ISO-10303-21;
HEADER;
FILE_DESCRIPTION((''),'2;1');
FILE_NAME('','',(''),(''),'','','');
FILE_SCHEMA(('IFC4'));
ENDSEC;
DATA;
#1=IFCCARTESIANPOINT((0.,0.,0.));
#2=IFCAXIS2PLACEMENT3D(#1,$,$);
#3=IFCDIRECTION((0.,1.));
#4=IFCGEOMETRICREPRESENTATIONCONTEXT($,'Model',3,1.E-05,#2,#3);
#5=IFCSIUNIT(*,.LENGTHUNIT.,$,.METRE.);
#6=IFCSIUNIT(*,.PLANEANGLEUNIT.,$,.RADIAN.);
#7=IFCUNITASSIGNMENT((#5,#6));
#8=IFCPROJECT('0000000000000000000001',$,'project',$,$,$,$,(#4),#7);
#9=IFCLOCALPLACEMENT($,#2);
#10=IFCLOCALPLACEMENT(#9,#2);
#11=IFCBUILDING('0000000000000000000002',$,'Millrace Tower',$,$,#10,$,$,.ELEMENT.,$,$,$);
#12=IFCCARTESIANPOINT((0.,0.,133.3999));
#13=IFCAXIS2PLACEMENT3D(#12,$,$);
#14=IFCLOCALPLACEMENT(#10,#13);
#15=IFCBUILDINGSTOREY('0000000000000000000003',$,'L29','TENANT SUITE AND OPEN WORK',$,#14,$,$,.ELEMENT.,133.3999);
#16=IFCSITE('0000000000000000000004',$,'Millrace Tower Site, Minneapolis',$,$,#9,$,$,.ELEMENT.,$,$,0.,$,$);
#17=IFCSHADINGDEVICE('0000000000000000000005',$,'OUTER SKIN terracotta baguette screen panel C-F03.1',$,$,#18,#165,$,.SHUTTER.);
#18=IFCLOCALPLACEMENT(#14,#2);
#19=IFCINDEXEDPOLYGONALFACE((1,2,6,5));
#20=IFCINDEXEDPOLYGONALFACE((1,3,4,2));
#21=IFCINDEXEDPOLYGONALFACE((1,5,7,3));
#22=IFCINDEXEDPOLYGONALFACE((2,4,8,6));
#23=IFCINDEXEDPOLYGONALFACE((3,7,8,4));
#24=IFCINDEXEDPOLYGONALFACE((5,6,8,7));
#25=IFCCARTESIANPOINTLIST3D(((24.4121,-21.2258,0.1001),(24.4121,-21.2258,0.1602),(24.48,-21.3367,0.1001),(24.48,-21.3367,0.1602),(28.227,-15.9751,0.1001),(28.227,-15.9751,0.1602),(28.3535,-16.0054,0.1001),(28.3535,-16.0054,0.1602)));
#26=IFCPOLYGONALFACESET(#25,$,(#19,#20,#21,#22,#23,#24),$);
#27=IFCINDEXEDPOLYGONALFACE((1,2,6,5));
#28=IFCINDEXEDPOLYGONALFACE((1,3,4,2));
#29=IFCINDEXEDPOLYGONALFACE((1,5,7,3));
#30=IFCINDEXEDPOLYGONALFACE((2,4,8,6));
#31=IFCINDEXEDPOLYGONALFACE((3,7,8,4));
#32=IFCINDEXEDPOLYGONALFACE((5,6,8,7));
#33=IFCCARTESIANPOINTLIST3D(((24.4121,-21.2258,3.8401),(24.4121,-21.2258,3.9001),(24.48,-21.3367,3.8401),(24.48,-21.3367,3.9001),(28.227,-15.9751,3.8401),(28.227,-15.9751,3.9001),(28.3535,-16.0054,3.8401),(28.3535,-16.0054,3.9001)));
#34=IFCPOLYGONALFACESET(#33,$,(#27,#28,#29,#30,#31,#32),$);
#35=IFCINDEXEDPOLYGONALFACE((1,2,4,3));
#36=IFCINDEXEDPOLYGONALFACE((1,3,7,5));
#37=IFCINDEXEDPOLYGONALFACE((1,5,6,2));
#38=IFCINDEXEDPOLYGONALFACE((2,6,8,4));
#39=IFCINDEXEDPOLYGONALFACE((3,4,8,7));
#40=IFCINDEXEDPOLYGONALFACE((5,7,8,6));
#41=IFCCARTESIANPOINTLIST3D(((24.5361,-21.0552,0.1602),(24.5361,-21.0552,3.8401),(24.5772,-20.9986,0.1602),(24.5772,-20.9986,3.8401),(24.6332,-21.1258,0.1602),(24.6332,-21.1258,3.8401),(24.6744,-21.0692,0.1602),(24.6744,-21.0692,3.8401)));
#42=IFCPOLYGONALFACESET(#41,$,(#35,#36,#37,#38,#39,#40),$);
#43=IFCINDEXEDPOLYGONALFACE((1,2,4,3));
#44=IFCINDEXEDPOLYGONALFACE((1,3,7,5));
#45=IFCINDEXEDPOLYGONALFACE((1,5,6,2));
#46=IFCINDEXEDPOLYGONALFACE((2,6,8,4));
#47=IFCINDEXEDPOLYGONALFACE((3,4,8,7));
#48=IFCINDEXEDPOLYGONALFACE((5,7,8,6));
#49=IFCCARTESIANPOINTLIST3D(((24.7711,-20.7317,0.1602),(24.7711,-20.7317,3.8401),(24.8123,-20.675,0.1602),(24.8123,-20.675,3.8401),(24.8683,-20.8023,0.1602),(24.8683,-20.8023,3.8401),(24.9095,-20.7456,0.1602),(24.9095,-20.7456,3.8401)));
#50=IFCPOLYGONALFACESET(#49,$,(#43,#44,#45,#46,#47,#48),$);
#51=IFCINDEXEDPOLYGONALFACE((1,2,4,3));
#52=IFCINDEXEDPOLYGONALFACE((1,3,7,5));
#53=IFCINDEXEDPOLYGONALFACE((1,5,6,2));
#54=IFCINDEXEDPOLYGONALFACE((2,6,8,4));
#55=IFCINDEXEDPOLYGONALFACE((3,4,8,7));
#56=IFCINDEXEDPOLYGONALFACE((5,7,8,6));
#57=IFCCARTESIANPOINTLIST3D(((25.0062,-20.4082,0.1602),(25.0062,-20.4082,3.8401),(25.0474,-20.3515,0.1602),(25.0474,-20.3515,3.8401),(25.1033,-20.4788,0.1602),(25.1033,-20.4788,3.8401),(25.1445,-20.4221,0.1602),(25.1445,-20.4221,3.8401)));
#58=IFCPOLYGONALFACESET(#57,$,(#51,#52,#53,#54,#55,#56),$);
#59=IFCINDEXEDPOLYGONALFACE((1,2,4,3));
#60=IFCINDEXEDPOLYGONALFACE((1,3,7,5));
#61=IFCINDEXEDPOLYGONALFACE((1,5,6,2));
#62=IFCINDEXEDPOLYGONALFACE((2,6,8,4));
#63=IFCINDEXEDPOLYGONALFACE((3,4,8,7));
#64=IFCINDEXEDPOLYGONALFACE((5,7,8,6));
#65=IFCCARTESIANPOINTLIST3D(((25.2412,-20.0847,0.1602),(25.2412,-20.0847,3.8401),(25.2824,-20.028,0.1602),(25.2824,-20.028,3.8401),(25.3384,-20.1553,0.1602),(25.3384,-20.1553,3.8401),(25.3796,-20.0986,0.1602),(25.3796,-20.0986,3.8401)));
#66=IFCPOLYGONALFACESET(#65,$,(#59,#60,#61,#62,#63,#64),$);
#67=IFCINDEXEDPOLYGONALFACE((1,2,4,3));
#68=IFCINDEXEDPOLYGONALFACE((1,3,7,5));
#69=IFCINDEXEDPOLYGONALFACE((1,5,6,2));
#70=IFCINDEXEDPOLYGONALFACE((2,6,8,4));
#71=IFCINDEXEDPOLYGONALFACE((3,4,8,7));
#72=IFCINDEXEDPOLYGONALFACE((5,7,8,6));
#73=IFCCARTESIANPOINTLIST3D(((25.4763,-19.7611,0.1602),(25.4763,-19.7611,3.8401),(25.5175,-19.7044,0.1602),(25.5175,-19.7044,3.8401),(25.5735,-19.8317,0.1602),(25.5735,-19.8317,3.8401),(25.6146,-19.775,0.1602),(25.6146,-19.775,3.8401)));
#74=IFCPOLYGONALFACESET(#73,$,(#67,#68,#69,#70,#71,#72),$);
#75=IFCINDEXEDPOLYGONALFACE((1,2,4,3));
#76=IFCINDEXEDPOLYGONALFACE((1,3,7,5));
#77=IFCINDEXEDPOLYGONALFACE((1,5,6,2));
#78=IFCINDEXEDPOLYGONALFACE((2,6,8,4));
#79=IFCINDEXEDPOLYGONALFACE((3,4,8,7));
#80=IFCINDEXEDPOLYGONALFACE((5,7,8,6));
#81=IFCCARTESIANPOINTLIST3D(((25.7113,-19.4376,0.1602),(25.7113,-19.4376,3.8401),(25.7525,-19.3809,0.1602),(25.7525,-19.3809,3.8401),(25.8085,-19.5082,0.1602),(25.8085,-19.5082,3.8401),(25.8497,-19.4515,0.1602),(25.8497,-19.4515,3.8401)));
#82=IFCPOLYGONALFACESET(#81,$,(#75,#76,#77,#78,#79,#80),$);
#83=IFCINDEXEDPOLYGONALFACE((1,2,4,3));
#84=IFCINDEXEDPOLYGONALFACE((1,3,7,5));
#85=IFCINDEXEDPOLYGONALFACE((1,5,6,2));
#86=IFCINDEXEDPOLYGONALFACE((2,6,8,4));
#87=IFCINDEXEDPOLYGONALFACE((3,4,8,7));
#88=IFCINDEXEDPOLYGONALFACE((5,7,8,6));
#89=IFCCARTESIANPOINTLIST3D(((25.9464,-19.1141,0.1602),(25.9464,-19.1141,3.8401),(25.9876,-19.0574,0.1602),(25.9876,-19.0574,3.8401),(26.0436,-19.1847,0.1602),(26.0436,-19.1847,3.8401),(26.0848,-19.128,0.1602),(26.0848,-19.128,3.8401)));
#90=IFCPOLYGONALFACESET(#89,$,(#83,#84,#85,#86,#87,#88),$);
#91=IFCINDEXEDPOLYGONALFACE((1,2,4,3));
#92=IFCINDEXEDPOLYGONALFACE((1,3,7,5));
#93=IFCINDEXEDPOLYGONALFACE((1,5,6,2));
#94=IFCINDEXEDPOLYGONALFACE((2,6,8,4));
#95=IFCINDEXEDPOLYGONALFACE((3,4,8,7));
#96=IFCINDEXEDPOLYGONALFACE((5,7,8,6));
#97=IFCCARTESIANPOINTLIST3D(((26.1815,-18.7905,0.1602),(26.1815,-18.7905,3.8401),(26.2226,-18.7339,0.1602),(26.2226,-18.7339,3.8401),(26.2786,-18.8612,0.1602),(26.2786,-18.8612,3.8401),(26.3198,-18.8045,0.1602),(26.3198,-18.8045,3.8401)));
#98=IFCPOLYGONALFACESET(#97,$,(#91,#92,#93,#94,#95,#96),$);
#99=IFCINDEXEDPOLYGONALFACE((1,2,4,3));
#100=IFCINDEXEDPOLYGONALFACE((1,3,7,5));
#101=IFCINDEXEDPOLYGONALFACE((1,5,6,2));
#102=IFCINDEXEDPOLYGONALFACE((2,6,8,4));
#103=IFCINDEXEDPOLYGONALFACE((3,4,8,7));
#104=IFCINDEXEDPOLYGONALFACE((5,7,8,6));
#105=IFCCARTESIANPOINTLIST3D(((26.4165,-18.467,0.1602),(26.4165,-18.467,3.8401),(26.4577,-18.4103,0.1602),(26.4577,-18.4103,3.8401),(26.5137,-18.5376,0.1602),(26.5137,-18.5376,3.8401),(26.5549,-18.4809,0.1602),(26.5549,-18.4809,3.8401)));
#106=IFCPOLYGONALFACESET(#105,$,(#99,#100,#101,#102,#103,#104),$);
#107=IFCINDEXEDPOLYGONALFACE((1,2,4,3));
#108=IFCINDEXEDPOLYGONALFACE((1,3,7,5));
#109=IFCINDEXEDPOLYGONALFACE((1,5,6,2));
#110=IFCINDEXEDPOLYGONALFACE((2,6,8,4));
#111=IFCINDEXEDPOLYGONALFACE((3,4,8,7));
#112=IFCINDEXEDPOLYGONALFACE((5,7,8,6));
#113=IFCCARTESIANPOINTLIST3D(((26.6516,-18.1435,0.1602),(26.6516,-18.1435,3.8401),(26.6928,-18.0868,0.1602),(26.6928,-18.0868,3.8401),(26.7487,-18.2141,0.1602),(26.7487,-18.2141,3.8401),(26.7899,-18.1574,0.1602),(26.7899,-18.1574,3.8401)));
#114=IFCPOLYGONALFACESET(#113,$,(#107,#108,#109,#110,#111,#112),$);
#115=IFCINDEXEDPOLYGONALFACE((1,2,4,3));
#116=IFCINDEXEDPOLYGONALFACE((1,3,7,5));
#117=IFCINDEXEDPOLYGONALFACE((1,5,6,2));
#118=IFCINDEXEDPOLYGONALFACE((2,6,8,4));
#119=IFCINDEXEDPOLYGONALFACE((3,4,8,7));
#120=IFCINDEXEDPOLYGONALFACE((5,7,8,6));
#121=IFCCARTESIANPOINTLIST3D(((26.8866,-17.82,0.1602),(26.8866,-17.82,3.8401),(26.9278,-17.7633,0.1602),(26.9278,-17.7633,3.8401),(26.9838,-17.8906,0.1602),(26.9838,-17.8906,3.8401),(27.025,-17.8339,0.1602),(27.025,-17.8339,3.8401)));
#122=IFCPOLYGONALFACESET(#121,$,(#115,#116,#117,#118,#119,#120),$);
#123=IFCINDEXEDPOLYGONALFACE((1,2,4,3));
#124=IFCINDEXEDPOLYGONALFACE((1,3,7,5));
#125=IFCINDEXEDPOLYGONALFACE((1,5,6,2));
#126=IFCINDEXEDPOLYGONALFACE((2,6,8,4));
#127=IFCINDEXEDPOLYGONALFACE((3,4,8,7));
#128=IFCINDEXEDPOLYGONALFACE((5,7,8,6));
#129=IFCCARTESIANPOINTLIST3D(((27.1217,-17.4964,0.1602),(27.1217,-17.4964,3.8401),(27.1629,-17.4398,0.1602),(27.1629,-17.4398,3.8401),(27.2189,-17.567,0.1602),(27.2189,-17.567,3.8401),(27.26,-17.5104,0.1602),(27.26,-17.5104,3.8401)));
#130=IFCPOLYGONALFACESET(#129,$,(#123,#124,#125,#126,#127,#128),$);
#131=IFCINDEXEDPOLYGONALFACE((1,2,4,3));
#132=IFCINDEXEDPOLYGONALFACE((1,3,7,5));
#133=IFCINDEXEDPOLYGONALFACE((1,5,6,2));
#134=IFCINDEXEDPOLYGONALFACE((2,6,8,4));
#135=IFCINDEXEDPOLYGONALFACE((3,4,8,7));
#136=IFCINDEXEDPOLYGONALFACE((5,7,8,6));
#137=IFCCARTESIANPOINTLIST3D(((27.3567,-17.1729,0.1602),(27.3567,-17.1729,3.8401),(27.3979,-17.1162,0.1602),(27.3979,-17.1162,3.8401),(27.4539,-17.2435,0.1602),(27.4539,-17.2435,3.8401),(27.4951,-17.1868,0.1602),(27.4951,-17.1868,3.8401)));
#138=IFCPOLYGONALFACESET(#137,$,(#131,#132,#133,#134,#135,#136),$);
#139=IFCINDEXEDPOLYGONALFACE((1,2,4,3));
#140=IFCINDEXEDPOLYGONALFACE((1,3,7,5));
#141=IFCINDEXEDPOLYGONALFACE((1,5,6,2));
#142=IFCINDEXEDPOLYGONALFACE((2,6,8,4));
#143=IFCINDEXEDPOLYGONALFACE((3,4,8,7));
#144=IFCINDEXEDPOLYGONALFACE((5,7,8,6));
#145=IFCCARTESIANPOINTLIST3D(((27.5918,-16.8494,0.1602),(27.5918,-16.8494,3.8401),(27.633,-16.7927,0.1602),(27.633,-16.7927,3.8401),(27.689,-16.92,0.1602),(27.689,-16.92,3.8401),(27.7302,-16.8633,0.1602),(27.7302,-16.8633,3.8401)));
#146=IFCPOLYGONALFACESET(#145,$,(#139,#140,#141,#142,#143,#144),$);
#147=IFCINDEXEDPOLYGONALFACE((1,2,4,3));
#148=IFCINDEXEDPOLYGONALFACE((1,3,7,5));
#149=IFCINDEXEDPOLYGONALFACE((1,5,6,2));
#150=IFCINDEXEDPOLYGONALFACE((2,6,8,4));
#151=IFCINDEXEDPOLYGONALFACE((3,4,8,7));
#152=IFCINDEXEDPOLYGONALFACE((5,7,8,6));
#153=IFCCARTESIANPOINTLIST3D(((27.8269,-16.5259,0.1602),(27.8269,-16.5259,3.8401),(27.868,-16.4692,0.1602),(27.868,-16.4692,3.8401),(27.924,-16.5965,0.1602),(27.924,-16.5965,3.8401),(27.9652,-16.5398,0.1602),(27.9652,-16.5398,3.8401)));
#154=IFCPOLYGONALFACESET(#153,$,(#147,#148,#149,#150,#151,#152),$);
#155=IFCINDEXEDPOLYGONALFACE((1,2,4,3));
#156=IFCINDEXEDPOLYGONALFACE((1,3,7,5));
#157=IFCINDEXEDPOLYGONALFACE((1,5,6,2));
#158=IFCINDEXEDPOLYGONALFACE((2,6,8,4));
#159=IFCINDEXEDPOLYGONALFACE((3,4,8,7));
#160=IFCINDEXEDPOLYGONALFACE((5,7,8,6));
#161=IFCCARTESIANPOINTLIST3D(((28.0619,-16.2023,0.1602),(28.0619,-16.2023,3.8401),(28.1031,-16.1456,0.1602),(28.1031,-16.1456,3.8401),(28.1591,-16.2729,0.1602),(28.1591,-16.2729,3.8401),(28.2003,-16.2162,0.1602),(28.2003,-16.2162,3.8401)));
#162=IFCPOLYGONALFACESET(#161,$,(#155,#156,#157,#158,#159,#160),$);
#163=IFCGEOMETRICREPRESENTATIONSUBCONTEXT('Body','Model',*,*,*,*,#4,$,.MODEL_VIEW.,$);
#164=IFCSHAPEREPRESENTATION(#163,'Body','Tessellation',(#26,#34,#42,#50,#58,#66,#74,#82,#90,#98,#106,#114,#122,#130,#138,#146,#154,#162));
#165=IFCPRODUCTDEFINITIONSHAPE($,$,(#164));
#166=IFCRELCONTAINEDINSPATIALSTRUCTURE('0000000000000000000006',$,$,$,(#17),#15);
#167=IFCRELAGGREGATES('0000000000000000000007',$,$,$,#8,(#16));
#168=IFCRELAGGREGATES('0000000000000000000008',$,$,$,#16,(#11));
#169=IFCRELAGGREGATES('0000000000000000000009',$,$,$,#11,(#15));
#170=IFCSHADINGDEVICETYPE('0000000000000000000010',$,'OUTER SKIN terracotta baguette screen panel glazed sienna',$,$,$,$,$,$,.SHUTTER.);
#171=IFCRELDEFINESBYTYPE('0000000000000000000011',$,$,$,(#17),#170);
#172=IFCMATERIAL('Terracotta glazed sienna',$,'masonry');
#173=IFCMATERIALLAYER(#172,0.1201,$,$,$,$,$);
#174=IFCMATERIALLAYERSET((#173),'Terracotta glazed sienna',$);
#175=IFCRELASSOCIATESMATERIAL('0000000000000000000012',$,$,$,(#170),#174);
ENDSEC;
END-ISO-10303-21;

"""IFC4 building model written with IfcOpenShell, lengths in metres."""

from ifc_helpers import new_model, entity, si_unit, direction, frame, frame_2d, origin, place, context, subcontext, project, spatial, rectangle, extrude, source, transform, mapped, material, layer, layer_set, type_object, element, save


model = new_model("IFC4")

# Units and contexts
model_context = context("Model", 3, precision=1e-05, world=origin(), true_north=direction((0.0, 1.0)))
body_context = subcontext(model_context, "Body", "Model", "MODEL_VIEW")
ifc_project = project(units=[si_unit("LENGTHUNIT", "METRE"), si_unit("PLANEANGLEUNIT", "RADIAN")], contexts=[model_context])

# Site, building, storey
site_placement = place(None, origin())
site = spatial("IfcSite", under=ifc_project, at=site_placement, Name="Millrace Tower Site, Minneapolis", CompositionType="ELEMENT", RefElevation=0.0)
building_placement = place(site_placement, origin())
building = spatial("IfcBuilding", under=site, at=building_placement, Name="Millrace Tower", CompositionType="ELEMENT")
storey_placement = place(building_placement, frame((0.0, 0.0, 133.3999)))
storey = spatial("IfcBuildingStorey", under=building, at=storey_placement, Name="L29", Description="TENANT SUITE AND OPEN WORK", CompositionType="ELEMENT", Elevation=133.3999)

# Shading device
ifc_material_1 = material(Name="Terracotta glazed sienna", Category="masonry")
ifc_layer_1 = layer(ifc_material_1, 0.1201)
ifc_layer_set_1 = layer_set([ifc_layer_1], Name="Terracotta glazed sienna")
shading_device_type = type_object("IfcShadingDeviceType", Name="OUTER SKIN terracotta baguette screen panel glazed sienna", PredefinedType="SHUTTER", material=ifc_layer_set_1)
cartesian_point_1 = entity("IfcCartesianPoint", [-3.2451, 0.0601])
shared_polyline_1 = entity("IfcPolyline", [cartesian_point_1, entity("IfcCartesianPoint", [3.2451, 0.0601]), entity("IfcCartesianPoint", [3.2949, -0.0601]), entity("IfcCartesianPoint", [-3.2949, -0.0601]), cartesian_point_1])
shared_shape_1 = source(origin(), body_context, "Body", "SweptSolid", [
    entity("IfcExtrudedAreaSolid", entity("IfcArbitraryClosedProfileDef", "AREA", None, shared_polyline_1), entity("IfcAxis2Placement3D", entity("IfcCartesianPoint", [0.0, 0.0, 0.0])), entity("IfcDirection", [0.0, 0.0, 1.0]), 0.0601),
    entity("IfcExtrudedAreaSolid", entity("IfcArbitraryClosedProfileDef", "AREA", None, shared_polyline_1), entity("IfcAxis2Placement3D", entity("IfcCartesianPoint", [0.0, 0.0, 3.74])), entity("IfcDirection", [0.0, 0.0, 1.0]), 0.0601),
    extrude(rectangle(XDim=0.0701, YDim=0.1201, at=frame_2d((-2.9993, 0.0))), frame((0.0, 0.0, 0.0601)), (0.0, 0.0, 1.0), 3.6799),
    extrude(rectangle(XDim=0.0701, YDim=0.1201, at=frame_2d((-2.5994, 0.0))), frame((0.0, 0.0, 0.0601)), (0.0, 0.0, 1.0), 3.6799),
    extrude(rectangle(XDim=0.0701, YDim=0.1201, at=frame_2d((-2.1995, 0.0))), frame((0.0, 0.0, 0.0601)), (0.0, 0.0, 1.0), 3.6799),
    extrude(rectangle(XDim=0.0701, YDim=0.1201, at=frame_2d((-1.7996, 0.0))), frame((0.0, 0.0, 0.0601)), (0.0, 0.0, 1.0), 3.6799),
    extrude(rectangle(XDim=0.0701, YDim=0.1201, at=frame_2d((-1.3997, 0.0))), frame((0.0, 0.0, 0.0601)), (0.0, 0.0, 1.0), 3.6799),
    extrude(rectangle(XDim=0.0701, YDim=0.1201, at=frame_2d((-0.9998, 0.0))), frame((0.0, 0.0, 0.0601)), (0.0, 0.0, 1.0), 3.6799),
    extrude(rectangle(XDim=0.0701, YDim=0.1201, at=frame_2d((-0.5999, 0.0))), frame((0.0, 0.0, 0.0601)), (0.0, 0.0, 1.0), 3.6799),
    extrude(rectangle(XDim=0.0701, YDim=0.1201, at=frame_2d((-0.2, 0.0))), frame((0.0, 0.0, 0.0601)), (0.0, 0.0, 1.0), 3.6799),
    extrude(rectangle(XDim=0.0701, YDim=0.1201, at=frame_2d((0.2, 0.0))), frame((0.0, 0.0, 0.0601)), (0.0, 0.0, 1.0), 3.6799),
    extrude(rectangle(XDim=0.0701, YDim=0.1201, at=frame_2d((0.5999, 0.0))), frame((0.0, 0.0, 0.0601)), (0.0, 0.0, 1.0), 3.6799),
    extrude(rectangle(XDim=0.0701, YDim=0.1201, at=frame_2d((0.9998, 0.0))), frame((0.0, 0.0, 0.0601)), (0.0, 0.0, 1.0), 3.6799),
    extrude(rectangle(XDim=0.0701, YDim=0.1201, at=frame_2d((1.3997, 0.0))), frame((0.0, 0.0, 0.0601)), (0.0, 0.0, 1.0), 3.6799),
    extrude(rectangle(XDim=0.0701, YDim=0.1201, at=frame_2d((1.7996, 0.0))), frame((0.0, 0.0, 0.0601)), (0.0, 0.0, 1.0), 3.6799),
    extrude(rectangle(XDim=0.0701, YDim=0.1201, at=frame_2d((2.1995, 0.0))), frame((0.0, 0.0, 0.0601)), (0.0, 0.0, 1.0), 3.6799),
    extrude(rectangle(XDim=0.0701, YDim=0.1201, at=frame_2d((2.5994, 0.0))), frame((0.0, 0.0, 0.0601)), (0.0, 0.0, 1.0), 3.6799),
    extrude(rectangle(XDim=0.0701, YDim=0.1201, at=frame_2d((2.9993, 0.0))), frame((0.0, 0.0, 0.0601)), (0.0, 0.0, 1.0), 3.6799),
])
shading_device_1_placement = place(storey_placement, frame((26.3682, -18.6357, 0.1001), z_axis=(0.0, 0.0, 1.0), x_axis=(0.587785, 0.809017, 0.0)))
element("IfcShadingDevice", 1, at=shading_device_1_placement, inside=storey, type_object=shading_device_type, Name="OUTER SKIN terracotta baguette screen panel C-F03.1", PredefinedType="SHUTTER", context=body_context, shape_type="MappedRepresentation", body=[
    mapped(shared_shape_1, transform((0.0, 0.0, 0.0), scale=1.0)),
])

save(model, "model.ifc")
